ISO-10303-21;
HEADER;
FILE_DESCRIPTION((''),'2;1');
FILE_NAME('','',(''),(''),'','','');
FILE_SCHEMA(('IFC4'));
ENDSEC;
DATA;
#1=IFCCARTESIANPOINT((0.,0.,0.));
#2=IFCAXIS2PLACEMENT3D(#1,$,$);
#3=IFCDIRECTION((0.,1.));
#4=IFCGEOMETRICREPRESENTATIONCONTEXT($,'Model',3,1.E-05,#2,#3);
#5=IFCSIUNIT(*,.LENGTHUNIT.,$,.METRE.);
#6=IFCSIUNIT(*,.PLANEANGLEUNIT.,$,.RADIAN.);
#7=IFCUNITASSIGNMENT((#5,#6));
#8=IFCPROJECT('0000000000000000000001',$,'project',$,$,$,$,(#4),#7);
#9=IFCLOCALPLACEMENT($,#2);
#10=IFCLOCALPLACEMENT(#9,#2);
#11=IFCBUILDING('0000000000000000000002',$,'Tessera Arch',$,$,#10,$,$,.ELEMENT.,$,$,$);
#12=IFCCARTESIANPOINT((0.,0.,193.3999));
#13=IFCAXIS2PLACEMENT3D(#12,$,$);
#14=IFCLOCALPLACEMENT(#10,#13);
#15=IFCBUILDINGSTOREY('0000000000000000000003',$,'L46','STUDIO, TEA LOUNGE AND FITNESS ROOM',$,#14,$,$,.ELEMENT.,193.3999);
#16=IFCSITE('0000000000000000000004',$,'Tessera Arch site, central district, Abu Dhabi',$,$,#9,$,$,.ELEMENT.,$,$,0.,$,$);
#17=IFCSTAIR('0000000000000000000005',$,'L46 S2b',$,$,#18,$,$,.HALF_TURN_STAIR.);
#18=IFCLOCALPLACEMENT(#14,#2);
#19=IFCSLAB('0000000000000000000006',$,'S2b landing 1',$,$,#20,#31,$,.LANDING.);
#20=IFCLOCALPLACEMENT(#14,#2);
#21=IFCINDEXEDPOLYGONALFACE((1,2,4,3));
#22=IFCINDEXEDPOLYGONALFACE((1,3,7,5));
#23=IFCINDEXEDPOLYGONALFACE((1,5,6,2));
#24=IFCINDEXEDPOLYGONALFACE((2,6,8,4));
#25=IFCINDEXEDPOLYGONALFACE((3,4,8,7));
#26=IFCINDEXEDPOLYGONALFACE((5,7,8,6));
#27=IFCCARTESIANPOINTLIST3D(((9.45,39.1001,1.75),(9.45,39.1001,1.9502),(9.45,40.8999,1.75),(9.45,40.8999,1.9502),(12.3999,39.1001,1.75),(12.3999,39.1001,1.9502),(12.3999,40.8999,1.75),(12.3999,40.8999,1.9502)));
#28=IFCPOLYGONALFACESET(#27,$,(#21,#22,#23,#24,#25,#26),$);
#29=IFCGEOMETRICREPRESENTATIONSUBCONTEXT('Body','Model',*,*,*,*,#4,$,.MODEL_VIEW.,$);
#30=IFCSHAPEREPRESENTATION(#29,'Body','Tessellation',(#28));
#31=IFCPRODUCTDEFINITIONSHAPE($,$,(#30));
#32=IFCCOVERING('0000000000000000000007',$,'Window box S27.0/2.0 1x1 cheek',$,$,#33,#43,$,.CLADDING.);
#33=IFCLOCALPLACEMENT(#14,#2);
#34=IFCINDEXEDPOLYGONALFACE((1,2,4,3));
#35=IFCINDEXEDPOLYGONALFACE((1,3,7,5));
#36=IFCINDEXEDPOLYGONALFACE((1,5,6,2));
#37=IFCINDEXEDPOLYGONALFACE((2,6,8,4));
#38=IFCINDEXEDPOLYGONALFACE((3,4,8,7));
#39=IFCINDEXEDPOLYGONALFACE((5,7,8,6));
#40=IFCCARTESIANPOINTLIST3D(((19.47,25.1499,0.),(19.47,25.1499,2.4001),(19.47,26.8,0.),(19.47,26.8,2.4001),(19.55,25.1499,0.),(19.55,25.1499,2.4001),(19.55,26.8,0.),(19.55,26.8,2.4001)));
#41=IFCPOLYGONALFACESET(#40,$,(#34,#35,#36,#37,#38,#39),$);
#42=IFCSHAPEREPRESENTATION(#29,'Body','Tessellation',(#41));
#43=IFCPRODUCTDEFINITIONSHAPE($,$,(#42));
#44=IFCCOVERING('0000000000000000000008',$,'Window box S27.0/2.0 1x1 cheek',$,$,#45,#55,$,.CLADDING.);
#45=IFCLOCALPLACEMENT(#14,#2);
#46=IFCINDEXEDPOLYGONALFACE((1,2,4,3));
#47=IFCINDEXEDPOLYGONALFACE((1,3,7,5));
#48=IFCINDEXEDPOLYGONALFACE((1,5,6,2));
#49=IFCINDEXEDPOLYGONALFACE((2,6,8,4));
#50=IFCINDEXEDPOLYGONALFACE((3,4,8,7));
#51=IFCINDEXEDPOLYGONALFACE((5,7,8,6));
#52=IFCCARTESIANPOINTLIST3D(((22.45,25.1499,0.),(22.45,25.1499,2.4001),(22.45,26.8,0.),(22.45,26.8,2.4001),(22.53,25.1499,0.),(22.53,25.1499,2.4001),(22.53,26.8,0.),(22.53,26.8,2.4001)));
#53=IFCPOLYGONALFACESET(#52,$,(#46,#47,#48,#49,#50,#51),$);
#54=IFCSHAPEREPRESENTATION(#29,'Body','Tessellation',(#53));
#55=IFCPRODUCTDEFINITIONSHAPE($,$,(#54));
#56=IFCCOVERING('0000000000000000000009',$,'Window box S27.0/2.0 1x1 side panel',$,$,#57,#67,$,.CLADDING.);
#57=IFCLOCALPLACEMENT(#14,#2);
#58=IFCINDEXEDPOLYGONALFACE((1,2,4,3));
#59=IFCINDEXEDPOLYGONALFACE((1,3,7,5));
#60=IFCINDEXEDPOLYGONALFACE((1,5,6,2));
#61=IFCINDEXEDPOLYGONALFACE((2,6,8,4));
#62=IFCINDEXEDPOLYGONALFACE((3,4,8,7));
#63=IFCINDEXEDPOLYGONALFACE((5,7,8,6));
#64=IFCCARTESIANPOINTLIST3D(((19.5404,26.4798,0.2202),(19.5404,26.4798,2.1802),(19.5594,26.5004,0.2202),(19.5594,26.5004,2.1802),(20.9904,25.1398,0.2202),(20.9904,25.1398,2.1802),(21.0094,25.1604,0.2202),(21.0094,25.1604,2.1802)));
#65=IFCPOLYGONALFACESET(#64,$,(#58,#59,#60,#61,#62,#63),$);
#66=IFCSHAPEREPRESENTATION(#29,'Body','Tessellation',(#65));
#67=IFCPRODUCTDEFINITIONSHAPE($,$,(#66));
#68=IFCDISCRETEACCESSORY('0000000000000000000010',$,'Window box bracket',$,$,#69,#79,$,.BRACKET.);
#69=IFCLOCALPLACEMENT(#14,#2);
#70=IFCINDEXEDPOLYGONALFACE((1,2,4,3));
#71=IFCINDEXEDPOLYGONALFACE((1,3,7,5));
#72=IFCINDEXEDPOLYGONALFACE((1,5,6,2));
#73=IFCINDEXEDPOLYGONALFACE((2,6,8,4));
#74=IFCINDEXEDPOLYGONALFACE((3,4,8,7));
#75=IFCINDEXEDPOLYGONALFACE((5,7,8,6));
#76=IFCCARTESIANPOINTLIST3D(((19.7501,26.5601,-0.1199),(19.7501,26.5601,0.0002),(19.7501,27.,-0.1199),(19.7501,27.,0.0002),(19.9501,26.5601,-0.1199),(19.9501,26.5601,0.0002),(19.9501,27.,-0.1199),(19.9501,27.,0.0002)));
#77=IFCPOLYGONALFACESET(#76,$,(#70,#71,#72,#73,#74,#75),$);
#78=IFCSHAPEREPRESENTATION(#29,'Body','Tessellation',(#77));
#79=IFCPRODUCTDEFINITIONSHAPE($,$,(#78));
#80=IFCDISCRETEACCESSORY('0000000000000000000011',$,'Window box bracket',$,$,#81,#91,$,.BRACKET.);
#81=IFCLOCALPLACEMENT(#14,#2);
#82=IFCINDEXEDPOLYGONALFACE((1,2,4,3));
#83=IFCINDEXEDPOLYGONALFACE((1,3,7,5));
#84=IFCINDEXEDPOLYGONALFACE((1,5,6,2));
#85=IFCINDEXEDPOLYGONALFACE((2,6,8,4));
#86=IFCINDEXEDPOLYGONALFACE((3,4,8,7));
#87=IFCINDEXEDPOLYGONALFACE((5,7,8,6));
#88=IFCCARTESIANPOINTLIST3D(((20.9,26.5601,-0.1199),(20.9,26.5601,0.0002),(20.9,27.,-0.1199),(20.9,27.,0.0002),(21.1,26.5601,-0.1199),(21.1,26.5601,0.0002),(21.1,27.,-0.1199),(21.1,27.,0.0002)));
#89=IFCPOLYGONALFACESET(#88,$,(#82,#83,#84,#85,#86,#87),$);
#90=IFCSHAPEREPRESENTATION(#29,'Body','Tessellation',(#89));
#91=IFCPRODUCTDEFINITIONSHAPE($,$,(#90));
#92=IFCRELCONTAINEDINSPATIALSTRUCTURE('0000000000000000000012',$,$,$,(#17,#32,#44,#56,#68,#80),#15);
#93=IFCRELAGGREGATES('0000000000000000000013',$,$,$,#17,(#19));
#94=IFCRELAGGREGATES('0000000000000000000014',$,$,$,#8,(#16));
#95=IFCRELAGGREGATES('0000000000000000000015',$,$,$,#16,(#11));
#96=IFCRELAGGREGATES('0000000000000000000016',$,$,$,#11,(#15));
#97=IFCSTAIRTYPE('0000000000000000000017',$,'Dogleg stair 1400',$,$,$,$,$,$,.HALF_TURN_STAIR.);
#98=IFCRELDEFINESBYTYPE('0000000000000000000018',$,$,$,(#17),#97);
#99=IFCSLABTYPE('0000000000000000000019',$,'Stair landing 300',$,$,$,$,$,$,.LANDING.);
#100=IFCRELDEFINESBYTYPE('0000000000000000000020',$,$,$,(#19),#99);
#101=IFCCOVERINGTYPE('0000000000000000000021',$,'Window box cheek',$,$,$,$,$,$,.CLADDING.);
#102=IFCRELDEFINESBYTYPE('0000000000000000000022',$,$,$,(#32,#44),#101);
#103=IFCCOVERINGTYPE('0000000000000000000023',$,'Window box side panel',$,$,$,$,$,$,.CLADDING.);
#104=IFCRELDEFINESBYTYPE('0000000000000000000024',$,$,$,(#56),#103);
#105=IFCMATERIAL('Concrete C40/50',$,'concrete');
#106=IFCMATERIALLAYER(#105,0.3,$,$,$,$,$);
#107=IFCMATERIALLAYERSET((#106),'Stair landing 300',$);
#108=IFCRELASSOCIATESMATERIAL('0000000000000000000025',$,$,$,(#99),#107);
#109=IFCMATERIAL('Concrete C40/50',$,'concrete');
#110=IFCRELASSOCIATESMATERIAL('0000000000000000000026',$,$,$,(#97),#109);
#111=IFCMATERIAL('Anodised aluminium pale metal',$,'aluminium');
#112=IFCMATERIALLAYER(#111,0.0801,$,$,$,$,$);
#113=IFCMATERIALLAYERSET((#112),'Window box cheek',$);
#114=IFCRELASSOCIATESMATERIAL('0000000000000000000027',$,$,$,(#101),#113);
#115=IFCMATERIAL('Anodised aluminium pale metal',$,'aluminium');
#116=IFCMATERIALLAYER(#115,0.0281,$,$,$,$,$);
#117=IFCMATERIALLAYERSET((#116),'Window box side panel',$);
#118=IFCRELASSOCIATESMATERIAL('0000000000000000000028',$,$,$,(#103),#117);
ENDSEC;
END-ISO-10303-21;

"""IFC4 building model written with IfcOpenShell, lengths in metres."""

from ifc_helpers import new_model, si_unit, direction, frame, origin, origin_2d, place, context, subcontext, project, spatial, polyline, rectangle, outline, extrude, material, layer, layer_set, type_object, element, aggregate, save


model = new_model("IFC4")

# Units and contexts
model_context = context("Model", 3, precision=1e-05, world=origin(), true_north=direction((0.0, 1.0)))
body_context = subcontext(model_context, "Body", "Model", "MODEL_VIEW")
ifc_project = project(units=[si_unit("LENGTHUNIT", "METRE"), si_unit("PLANEANGLEUNIT", "RADIAN")], contexts=[model_context])

# Site, building, storey
site_placement = place(None, origin())
site = spatial("IfcSite", under=ifc_project, at=site_placement, Name="Tessera Arch site, central district, Abu Dhabi", CompositionType="ELEMENT", RefElevation=0.0)
building_placement = place(site_placement, origin())
building = spatial("IfcBuilding", under=site, at=building_placement, Name="Tessera Arch", CompositionType="ELEMENT")
storey_placement = place(building_placement, frame((0.0, 0.0, 193.3999)))
storey = spatial("IfcBuildingStorey", under=building, at=storey_placement, Name="L46", Description="STUDIO, TEA LOUNGE AND FITNESS ROOM", CompositionType="ELEMENT", Elevation=193.3999)

# Stair, slab
ifc_material_1 = material(Name="Concrete C40/50", Category="concrete")
ifc_layer_1 = layer(ifc_material_1, 0.3)
ifc_layer_set_1 = layer_set([ifc_layer_1], Name="Stair landing 300")
slab_type = type_object("IfcSlabType", Name="Stair landing 300", PredefinedType="LANDING", material=ifc_layer_set_1)
ifc_material_2 = material(Name="Concrete C40/50", Category="concrete")
stair_type_1 = type_object("IfcStairType", Name="Dogleg stair 1400", PredefinedType="HALF_TURN_STAIR", material=ifc_material_2)
stair_1_placement = place(storey_placement, origin())
stair_1 = element("IfcStair", 1, at=stair_1_placement, inside=storey, type_object=stair_type_1, Name="L46 S2b", PredefinedType="HALF_TURN_STAIR")
slab_1_placement = place(storey_placement, frame((0.0, 0.0, 1.75)))
slab_1 = element("IfcSlab", 2, at=slab_1_placement, type_object=slab_type, Name="S2b landing 1", PredefinedType="LANDING", context=body_context, shape_type="SweptSolid", body=[
    extrude(outline(polyline([(9.45, 40.8999), (9.45, 39.1001), (12.3999, 39.1001), (12.3999, 40.8999), (9.45, 40.8999)])), origin(), (0.0, 0.0, 1.0), 0.2002),
])
aggregate(stair_1, [slab_1])

# Coverings
ifc_material_3 = material(Name="Anodised aluminium pale metal", Category="aluminium")
ifc_layer_2 = layer(ifc_material_3, 0.0801)
ifc_layer_set_2 = layer_set([ifc_layer_2], Name="Window box cheek")
covering_type_1 = type_object("IfcCoveringType", Name="Window box cheek", PredefinedType="CLADDING", material=ifc_layer_set_2)
covering_1_placement = place(storey_placement, origin())
element("IfcCovering", 3, at=covering_1_placement, inside=storey, type_object=covering_type_1, Name="Window box S27.0/2.0 1x1 cheek", PredefinedType="CLADDING", context=body_context, shape_type="SweptSolid", body=[
    extrude(outline(polyline([(19.47, 25.1499), (19.55, 25.1499), (19.55, 26.8), (19.47, 26.8), (19.47, 25.1499)])), origin(), (0.0, 0.0, 1.0), 2.4001),
])
covering_2_placement = place(storey_placement, origin())
element("IfcCovering", 4, at=covering_2_placement, inside=storey, type_object=covering_type_1, Name="Window box S27.0/2.0 1x1 cheek", PredefinedType="CLADDING", context=body_context, shape_type="SweptSolid", body=[
    extrude(outline(polyline([(22.45, 25.1499), (22.53, 25.1499), (22.53, 26.8), (22.45, 26.8), (22.45, 25.1499)])), origin(), (0.0, 0.0, 1.0), 2.4001),
])
ifc_material_4 = material(Name="Anodised aluminium pale metal", Category="aluminium")
ifc_layer_3 = layer(ifc_material_4, 0.0281)
ifc_layer_set_3 = layer_set([ifc_layer_3], Name="Window box side panel")
covering_type_2 = type_object("IfcCoveringType", Name="Window box side panel", PredefinedType="CLADDING", material=ifc_layer_set_3)
covering_3_placement = place(storey_placement, frame((20.2749, 25.8201, 0.2202), z_axis=(0.0, 0.0, 1.0), x_axis=(0.734415, -0.678701, 0.0)))
element("IfcCovering", 5, at=covering_3_placement, inside=storey, type_object=covering_type_2, Name="Window box S27.0/2.0 1x1 side panel", PredefinedType="CLADDING", context=body_context, shape_type="SweptSolid", body=[
    extrude(rectangle(XDim=1.9744, YDim=0.0281, at=origin_2d()), origin(), (0.0, 0.0, 1.0), 1.96),
])

# Discrete accessories
for number, where, z_axis, x_axis, name in (
    (6, (19.8501, 26.78, -0.1199), (0.0, 0.0, 1.0), (0.0, -1.0, 0.0), "Window box bracket"),
    (7, (21.0, 26.78, -0.1199), (0.0, 0.0, 1.0), (0.0, -1.0, 0.0), "Window box bracket"),
):
    element("IfcDiscreteAccessory", number, at=place(storey_placement, frame(where, z_axis=z_axis, x_axis=x_axis)), inside=storey, Name=name, PredefinedType="BRACKET", context=body_context, shape_type="SweptSolid", body=[
        extrude(rectangle(XDim=0.4399, YDim=0.2, at=origin_2d()), origin(), (0.0, 0.0, 1.0), 0.1201),
    ])

save(model, "model.ifc")
